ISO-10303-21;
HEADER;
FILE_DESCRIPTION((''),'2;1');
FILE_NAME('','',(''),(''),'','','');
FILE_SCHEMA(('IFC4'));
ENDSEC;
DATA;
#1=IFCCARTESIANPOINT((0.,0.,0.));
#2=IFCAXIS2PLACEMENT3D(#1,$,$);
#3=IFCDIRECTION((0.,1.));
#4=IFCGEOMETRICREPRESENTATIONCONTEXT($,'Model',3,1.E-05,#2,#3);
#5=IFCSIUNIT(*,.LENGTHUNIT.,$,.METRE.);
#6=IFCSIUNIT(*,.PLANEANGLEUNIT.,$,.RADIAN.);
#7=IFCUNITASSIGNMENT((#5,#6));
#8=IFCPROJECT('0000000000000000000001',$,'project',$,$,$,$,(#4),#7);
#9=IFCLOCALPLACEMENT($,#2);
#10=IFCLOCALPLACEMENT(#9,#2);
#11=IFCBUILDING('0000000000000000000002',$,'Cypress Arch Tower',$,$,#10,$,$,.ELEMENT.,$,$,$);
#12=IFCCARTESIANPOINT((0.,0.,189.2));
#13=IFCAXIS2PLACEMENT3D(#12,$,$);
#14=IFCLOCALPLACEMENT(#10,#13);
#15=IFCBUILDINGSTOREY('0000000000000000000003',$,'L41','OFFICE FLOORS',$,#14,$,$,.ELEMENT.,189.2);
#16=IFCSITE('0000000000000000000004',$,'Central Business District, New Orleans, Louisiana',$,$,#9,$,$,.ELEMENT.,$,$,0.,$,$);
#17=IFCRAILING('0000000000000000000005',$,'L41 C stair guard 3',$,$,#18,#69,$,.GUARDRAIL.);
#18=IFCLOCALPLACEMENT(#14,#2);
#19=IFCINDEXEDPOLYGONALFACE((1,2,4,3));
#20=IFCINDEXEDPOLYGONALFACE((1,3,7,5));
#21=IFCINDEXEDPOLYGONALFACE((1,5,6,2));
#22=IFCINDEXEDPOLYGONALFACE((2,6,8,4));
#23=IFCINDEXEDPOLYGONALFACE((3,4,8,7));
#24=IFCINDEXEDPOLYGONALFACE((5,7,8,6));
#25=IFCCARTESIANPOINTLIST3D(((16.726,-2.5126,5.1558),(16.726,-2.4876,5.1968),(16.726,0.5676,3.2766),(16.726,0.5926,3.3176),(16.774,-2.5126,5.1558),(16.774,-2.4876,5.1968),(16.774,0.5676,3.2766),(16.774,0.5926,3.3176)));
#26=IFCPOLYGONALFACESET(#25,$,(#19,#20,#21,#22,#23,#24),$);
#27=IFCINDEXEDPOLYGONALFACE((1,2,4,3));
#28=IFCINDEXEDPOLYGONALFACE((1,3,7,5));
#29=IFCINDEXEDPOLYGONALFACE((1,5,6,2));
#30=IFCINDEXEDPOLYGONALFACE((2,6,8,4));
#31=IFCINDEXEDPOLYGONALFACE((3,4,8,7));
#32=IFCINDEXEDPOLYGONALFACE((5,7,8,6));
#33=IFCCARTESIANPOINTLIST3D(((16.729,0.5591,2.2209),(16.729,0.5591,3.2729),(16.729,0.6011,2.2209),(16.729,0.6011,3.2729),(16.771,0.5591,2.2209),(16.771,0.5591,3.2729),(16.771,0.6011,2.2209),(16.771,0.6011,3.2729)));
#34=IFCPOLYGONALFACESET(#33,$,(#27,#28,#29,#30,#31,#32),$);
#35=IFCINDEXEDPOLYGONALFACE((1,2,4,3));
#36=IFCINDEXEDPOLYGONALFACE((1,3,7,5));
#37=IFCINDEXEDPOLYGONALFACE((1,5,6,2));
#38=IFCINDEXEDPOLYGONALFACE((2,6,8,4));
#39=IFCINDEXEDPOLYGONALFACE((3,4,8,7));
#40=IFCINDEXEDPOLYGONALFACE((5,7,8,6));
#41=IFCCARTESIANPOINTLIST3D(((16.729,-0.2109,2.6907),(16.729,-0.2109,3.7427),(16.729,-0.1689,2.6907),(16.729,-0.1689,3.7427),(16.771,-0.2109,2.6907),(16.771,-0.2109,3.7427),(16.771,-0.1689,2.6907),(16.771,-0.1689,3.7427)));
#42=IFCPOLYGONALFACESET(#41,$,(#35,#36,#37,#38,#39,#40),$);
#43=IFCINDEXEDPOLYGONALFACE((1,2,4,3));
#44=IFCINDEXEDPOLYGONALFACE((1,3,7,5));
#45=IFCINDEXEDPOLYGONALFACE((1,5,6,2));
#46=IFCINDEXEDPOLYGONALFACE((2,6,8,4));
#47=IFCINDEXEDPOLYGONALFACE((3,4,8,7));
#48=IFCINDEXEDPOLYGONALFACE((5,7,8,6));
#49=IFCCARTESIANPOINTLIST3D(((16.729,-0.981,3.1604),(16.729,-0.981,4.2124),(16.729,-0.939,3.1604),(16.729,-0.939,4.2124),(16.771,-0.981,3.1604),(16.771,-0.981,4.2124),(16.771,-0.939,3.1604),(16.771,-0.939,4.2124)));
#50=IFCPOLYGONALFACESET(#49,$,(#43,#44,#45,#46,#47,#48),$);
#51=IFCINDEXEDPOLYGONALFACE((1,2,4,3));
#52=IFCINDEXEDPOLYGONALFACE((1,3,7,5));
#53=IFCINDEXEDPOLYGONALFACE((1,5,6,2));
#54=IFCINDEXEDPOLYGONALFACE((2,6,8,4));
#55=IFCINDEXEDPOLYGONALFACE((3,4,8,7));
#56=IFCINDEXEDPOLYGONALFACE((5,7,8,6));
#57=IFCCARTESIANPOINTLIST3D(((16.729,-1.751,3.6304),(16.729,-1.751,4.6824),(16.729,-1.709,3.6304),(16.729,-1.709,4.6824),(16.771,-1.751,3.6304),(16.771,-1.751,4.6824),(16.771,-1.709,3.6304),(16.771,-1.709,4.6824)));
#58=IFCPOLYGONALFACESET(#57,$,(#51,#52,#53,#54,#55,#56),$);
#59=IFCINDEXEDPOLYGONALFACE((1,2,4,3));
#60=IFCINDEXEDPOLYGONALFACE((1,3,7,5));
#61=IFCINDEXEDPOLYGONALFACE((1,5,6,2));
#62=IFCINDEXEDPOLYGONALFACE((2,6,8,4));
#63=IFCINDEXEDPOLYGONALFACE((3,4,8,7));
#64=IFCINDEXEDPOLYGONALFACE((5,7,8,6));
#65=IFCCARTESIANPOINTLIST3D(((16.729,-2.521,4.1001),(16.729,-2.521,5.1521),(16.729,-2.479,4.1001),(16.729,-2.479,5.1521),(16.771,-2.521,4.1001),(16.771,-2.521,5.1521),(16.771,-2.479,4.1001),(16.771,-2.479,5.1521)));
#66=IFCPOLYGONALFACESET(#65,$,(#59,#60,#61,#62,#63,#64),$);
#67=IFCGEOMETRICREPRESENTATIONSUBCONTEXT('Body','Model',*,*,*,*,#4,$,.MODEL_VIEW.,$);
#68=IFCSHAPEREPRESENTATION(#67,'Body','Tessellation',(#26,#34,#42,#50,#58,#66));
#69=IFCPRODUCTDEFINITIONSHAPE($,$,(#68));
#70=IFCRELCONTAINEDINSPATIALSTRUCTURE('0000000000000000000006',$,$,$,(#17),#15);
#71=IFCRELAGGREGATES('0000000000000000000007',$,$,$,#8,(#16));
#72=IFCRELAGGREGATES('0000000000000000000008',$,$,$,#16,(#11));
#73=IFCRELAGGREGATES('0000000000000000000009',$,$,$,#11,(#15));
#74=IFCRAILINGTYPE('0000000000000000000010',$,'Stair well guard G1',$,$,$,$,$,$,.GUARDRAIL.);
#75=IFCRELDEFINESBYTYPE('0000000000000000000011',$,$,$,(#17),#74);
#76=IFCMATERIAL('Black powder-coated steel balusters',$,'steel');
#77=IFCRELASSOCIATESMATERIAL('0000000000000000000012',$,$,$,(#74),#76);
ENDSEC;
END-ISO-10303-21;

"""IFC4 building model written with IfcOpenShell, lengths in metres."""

from ifc_helpers import new_model, si_unit, direction, frame, origin, origin_2d, place, context, subcontext, project, spatial, rectangle, extrude, material, type_object, element, save


model = new_model("IFC4")

# Units and contexts
model_context = context("Model", 3, precision=1e-05, world=origin(), true_north=direction((0.0, 1.0)))
body_context = subcontext(model_context, "Body", "Model", "MODEL_VIEW")
ifc_project = project(units=[si_unit("LENGTHUNIT", "METRE"), si_unit("PLANEANGLEUNIT", "RADIAN")], contexts=[model_context])

# Site, building, storey
site_placement = place(None, origin())
site = spatial("IfcSite", under=ifc_project, at=site_placement, Name="Central Business District, New Orleans, Louisiana", CompositionType="ELEMENT", RefElevation=0.0)
building_placement = place(site_placement, origin())
building = spatial("IfcBuilding", under=site, at=building_placement, Name="Cypress Arch Tower", CompositionType="ELEMENT")
storey_placement = place(building_placement, frame((0.0, 0.0, 189.2)))
storey = spatial("IfcBuildingStorey", under=building, at=storey_placement, Name="L41", Description="OFFICE FLOORS", CompositionType="ELEMENT", Elevation=189.2)

# Railing
ifc_material_1 = material(Name="Black powder-coated steel balusters", Category="steel")
railing_type_1 = type_object("IfcRailingType", Name="Stair well guard G1", PredefinedType="GUARDRAIL", material=ifc_material_1)
railing_1_placement = place(storey_placement, frame((16.75, 0.5801, 2.2209)))
element("IfcRailing", 1, at=railing_1_placement, inside=storey, type_object=railing_type_1, Name="L41 C stair guard 3", PredefinedType="GUARDRAIL", context=body_context, shape_type="SweptSolid", body=[
    extrude(rectangle(XDim=0.0481, YDim=0.0481, at=origin_2d()), frame((0.0, 0.0, 1.0762), z_axis=(0.0, -0.853666, 0.52082), x_axis=(1.0, 0.0, 0.0)), (0.0, 0.0, 1.0), 3.6082),
    extrude(rectangle(XDim=0.042, YDim=0.042, at=origin_2d()), origin(), (0.0, 0.0, 1.0), 1.052),
    extrude(rectangle(XDim=0.042, YDim=0.042, at=origin_2d()), frame((0.0, -0.77, 0.4697)), (0.0, 0.0, 1.0), 1.052),
    extrude(rectangle(XDim=0.042, YDim=0.042, at=origin_2d()), frame((0.0, -1.54, 0.9395)), (0.0, 0.0, 1.0), 1.052),
    extrude(rectangle(XDim=0.042, YDim=0.042, at=origin_2d()), frame((0.0, -2.3101, 1.4094)), (0.0, 0.0, 1.0), 1.052),
    extrude(rectangle(XDim=0.042, YDim=0.042, at=origin_2d()), frame((0.0, -3.0801, 1.8792)), (0.0, 0.0, 1.0), 1.052),
])

save(model, "model.ifc")
